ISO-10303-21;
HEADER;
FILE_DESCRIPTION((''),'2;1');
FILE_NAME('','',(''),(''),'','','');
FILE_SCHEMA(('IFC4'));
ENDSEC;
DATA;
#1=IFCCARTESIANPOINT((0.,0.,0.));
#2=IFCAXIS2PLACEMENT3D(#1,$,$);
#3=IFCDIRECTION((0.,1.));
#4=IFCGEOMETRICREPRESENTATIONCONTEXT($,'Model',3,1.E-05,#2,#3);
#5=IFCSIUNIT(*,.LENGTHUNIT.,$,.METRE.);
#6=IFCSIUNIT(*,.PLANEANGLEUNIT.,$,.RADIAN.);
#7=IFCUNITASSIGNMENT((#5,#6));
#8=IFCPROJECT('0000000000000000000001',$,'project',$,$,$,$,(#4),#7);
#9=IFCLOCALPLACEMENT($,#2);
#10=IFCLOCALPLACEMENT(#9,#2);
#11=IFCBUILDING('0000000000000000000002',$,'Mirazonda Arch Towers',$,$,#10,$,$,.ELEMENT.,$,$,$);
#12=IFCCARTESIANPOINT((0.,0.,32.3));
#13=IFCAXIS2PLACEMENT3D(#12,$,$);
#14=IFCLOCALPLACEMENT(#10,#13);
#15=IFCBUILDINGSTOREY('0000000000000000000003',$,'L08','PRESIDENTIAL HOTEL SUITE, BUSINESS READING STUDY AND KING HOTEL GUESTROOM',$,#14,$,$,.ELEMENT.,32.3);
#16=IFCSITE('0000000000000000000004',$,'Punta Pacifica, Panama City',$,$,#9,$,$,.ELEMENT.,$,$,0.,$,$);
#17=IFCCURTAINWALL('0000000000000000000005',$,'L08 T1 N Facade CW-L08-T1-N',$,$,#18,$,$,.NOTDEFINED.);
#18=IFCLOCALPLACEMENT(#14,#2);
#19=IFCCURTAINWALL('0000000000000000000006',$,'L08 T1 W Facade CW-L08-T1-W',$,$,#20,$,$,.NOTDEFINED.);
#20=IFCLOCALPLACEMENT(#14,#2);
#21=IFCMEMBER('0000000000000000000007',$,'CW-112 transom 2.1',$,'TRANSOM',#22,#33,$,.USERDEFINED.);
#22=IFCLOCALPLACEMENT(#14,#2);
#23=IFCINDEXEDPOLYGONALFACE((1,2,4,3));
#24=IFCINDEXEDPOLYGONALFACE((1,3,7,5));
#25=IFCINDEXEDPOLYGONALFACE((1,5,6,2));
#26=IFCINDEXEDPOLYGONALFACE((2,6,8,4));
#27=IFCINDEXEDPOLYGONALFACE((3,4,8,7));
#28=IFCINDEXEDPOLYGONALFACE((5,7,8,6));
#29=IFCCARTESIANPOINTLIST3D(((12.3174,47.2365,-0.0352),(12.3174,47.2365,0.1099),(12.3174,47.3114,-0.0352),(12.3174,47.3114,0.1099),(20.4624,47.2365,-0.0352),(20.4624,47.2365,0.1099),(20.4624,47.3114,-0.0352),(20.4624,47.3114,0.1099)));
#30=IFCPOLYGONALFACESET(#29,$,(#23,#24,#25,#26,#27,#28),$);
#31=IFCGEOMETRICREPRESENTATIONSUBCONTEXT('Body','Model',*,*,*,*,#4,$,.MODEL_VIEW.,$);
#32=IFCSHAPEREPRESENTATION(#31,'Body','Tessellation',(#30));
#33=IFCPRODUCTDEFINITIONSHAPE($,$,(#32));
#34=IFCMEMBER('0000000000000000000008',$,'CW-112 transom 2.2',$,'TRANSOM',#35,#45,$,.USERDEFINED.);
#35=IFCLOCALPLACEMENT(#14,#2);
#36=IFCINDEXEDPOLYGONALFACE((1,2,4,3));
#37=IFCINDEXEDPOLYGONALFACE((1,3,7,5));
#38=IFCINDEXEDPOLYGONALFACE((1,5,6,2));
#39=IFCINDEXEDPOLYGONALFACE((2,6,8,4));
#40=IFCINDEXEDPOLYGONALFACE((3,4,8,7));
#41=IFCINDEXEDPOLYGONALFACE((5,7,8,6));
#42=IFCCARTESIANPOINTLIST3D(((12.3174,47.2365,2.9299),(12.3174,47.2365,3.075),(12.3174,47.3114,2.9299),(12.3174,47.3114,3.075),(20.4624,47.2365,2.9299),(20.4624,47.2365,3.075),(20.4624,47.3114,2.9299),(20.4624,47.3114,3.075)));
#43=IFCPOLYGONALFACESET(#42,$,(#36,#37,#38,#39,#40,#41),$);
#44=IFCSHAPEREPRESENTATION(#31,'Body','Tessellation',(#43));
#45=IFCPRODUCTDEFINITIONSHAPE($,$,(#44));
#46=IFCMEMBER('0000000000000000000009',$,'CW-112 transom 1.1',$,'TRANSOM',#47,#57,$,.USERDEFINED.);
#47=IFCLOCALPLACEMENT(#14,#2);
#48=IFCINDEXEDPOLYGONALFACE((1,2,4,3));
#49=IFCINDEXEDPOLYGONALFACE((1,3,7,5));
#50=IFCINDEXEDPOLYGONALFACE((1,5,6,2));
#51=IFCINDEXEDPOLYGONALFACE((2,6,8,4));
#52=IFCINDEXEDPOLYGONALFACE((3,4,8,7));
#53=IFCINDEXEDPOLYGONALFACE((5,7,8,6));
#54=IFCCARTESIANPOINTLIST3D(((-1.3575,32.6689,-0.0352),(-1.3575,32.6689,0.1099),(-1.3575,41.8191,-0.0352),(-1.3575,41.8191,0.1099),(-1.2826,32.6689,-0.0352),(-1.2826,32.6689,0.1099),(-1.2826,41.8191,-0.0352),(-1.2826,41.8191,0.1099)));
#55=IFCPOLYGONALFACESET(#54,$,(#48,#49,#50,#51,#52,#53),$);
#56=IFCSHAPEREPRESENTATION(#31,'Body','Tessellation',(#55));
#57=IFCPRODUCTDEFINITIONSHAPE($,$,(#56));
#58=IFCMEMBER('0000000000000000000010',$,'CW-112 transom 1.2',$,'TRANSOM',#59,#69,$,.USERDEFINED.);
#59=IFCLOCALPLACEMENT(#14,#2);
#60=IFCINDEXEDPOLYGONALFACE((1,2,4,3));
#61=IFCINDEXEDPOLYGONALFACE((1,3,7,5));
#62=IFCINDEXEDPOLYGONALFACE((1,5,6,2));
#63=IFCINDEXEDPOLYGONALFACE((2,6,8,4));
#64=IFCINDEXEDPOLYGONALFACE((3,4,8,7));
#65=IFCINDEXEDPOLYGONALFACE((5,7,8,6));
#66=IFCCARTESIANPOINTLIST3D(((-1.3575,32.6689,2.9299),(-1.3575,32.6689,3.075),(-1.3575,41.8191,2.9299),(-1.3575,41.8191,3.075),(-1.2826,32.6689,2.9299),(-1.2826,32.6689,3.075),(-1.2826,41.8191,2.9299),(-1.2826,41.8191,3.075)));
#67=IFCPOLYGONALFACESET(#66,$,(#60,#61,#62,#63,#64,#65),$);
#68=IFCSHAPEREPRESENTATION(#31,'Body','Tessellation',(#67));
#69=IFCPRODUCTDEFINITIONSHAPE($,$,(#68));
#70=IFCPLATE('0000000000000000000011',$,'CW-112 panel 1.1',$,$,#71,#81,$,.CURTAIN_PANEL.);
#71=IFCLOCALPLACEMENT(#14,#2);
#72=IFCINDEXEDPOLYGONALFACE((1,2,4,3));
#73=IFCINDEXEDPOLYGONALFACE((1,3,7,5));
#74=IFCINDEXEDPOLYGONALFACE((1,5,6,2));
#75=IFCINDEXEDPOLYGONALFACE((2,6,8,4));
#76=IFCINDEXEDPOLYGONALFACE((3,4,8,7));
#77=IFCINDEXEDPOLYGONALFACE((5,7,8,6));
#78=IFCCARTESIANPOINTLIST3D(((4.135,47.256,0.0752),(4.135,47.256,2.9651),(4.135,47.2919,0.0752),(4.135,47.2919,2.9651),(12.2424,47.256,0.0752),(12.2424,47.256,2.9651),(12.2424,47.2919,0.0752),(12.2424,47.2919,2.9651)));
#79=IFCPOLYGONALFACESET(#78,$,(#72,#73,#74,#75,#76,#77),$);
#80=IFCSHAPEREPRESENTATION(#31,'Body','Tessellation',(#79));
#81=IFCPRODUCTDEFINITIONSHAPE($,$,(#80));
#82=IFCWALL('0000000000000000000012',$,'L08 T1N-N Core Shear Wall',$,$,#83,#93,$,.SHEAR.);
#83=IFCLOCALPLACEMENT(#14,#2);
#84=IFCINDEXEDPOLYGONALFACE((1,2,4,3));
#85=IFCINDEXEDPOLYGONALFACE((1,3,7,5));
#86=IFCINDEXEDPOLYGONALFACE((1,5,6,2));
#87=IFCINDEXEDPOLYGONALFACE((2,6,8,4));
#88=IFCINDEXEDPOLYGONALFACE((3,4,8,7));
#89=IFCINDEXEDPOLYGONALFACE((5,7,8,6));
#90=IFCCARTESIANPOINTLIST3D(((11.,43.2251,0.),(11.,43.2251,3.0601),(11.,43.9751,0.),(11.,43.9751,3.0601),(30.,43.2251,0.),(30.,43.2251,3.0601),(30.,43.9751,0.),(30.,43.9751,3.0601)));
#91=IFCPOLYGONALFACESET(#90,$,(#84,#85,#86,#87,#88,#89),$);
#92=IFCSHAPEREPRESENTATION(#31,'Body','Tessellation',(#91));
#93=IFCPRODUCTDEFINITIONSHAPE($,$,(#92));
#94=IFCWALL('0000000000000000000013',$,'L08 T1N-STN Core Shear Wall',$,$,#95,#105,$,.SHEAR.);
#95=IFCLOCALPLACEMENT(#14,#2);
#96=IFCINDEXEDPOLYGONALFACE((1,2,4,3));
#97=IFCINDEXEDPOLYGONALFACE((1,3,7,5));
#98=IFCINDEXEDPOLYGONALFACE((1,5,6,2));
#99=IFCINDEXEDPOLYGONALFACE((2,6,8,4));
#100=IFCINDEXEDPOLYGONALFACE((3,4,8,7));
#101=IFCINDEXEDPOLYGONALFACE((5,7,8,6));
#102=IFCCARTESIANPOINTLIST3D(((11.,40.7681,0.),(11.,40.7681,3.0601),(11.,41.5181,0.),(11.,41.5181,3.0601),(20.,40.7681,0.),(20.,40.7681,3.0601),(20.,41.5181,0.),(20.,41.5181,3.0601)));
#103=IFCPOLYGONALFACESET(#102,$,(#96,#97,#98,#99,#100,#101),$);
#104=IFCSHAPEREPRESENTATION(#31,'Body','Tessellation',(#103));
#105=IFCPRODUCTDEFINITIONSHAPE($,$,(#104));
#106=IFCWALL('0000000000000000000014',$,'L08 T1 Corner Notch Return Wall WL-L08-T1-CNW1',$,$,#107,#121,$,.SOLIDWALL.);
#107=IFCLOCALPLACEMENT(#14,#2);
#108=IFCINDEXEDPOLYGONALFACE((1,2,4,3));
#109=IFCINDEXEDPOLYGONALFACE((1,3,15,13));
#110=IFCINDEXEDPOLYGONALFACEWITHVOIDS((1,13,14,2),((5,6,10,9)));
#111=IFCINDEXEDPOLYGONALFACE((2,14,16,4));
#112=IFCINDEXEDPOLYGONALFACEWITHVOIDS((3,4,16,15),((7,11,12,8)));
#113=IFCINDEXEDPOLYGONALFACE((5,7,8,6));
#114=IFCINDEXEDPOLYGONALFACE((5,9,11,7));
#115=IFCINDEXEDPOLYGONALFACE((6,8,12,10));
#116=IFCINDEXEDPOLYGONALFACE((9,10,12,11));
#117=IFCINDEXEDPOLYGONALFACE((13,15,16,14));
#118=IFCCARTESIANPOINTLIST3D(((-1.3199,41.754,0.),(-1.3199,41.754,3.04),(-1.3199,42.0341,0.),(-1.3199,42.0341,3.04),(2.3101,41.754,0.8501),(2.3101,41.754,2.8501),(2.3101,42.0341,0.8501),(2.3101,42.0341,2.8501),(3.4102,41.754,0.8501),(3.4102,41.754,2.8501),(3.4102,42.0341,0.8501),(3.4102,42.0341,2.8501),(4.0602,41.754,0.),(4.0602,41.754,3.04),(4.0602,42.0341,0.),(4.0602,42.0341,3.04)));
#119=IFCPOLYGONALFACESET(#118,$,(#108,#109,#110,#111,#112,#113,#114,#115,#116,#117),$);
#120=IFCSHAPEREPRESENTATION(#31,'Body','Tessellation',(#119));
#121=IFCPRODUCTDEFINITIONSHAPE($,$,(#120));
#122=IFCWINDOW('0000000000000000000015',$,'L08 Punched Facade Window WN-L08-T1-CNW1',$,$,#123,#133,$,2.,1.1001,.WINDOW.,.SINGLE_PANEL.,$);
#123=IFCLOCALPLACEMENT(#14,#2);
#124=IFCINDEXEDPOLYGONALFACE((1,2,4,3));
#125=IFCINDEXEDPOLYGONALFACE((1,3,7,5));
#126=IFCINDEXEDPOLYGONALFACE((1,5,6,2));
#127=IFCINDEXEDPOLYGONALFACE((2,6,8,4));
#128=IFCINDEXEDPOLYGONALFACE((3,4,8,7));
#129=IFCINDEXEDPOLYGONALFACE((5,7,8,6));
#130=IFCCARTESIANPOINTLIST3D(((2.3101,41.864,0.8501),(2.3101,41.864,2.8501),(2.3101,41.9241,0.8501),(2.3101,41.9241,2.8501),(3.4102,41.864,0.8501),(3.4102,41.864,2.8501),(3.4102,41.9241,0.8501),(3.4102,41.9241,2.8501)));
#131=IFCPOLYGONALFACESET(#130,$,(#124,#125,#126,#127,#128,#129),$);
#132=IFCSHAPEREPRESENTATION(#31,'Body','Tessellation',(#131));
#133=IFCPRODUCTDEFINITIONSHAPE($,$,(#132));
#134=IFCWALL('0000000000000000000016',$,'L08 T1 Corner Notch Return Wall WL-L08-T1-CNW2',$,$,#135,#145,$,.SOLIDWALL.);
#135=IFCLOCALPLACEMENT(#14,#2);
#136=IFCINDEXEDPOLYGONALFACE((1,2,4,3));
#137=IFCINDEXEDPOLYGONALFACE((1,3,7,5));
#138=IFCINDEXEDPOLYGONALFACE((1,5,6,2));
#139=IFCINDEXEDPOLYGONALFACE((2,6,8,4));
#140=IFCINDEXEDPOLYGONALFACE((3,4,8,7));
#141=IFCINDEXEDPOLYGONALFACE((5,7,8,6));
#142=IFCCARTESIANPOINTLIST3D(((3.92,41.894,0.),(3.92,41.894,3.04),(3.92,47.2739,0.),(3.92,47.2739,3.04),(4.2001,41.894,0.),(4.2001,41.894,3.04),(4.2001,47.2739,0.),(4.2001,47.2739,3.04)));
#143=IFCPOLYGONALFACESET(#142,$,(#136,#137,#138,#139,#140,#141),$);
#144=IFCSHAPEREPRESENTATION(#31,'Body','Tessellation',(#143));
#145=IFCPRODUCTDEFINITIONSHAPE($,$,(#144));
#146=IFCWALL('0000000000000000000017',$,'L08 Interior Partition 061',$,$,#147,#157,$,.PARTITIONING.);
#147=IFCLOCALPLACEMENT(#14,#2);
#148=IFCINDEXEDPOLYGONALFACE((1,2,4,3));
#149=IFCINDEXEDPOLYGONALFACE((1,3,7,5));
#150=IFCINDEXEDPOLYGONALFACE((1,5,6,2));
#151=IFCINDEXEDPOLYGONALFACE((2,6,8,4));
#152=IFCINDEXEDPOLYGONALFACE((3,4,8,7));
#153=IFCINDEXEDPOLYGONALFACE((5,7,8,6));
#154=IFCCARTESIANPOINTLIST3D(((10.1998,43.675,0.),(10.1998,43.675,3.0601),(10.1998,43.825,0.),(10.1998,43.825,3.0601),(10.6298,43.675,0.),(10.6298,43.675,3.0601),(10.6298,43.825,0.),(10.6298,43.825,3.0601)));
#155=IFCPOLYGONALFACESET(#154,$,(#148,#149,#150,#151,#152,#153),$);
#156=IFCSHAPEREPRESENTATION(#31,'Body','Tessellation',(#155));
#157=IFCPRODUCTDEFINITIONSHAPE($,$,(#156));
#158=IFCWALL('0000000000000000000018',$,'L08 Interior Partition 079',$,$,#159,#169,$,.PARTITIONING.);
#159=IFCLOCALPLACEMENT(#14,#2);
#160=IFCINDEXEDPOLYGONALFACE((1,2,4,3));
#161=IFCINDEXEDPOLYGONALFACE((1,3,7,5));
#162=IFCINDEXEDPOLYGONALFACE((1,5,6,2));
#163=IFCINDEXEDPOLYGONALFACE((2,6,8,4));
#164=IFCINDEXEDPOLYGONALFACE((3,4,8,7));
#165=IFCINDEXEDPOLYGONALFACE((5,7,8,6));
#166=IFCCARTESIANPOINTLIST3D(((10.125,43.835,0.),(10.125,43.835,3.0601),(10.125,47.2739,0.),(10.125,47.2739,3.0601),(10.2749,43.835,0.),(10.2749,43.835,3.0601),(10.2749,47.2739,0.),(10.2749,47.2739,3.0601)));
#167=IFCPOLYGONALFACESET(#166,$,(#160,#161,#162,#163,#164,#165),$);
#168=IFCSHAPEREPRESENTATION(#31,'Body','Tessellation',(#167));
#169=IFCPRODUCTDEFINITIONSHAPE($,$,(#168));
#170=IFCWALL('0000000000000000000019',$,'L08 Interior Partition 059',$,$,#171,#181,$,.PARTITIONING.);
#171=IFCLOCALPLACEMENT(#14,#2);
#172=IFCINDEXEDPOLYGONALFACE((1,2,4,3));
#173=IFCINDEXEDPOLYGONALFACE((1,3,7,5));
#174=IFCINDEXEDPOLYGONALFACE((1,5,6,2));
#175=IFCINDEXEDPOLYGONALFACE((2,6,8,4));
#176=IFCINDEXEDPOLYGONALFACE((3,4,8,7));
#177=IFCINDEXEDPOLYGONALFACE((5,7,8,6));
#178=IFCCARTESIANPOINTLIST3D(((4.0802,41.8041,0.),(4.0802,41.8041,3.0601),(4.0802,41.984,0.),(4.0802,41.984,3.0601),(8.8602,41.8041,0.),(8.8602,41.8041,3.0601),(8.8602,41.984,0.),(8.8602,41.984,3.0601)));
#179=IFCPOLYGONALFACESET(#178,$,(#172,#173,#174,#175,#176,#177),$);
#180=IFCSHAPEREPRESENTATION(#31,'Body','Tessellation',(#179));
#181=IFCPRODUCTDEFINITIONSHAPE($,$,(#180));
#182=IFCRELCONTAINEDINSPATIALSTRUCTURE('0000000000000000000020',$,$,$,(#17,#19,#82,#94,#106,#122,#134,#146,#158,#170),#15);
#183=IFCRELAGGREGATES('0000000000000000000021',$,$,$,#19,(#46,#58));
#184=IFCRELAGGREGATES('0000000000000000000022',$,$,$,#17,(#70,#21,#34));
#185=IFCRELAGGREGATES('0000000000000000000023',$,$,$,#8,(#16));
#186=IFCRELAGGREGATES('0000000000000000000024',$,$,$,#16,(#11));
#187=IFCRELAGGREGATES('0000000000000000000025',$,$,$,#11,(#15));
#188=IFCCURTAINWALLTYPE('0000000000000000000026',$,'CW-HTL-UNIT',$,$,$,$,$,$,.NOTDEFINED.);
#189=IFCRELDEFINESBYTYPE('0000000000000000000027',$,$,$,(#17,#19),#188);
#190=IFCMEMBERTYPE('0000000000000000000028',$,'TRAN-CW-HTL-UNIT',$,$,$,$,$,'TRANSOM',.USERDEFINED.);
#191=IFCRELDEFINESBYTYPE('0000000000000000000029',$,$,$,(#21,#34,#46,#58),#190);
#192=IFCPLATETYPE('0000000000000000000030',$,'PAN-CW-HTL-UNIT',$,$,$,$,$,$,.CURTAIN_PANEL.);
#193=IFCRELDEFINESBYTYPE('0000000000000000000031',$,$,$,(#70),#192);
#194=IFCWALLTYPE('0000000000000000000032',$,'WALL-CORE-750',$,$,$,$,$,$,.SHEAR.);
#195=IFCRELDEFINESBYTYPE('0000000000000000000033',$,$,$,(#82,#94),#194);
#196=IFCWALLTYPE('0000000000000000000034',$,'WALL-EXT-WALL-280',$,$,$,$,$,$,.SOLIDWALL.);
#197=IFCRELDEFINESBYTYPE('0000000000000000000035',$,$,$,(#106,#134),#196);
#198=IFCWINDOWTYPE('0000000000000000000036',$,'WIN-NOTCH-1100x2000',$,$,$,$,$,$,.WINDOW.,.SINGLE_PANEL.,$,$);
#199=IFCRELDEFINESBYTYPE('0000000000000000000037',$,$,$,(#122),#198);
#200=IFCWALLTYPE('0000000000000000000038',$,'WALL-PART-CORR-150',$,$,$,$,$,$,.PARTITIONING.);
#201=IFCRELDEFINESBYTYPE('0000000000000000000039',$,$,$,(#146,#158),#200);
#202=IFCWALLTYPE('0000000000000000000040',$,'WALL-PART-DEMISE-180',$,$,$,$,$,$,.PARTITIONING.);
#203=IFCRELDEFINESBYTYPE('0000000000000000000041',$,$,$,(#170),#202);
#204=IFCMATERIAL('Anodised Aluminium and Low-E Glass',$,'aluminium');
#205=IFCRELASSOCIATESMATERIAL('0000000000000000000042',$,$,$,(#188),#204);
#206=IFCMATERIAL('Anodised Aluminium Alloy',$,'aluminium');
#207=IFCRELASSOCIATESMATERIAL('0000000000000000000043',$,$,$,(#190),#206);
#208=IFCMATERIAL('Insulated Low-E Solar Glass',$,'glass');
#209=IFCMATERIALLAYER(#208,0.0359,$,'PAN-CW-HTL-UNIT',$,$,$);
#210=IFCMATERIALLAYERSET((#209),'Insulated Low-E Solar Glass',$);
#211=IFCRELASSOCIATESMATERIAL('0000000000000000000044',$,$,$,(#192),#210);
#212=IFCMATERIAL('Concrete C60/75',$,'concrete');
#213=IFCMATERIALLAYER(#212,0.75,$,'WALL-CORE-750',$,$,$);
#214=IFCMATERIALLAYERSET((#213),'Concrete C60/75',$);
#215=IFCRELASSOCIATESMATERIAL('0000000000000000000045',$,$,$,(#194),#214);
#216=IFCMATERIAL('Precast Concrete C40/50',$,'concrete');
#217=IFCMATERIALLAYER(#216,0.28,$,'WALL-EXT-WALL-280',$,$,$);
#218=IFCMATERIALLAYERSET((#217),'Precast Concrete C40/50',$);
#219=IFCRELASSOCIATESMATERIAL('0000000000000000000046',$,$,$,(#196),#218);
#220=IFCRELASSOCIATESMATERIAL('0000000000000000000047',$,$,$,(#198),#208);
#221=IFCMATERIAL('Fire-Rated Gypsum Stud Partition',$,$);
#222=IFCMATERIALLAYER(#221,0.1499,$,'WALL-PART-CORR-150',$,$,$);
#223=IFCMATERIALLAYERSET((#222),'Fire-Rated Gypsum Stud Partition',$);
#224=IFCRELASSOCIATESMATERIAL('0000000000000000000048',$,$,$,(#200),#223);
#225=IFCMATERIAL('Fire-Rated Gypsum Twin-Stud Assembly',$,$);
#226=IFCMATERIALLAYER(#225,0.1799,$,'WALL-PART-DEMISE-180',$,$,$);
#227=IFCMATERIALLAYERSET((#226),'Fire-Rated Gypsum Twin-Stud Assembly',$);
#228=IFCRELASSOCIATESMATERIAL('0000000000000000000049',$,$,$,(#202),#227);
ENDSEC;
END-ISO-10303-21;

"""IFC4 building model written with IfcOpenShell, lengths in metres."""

from ifc_helpers import new_model, si_unit, direction, frame, frame_2d, origin, origin_2d, place, context, subcontext, project, spatial, rectangle, extrude, material, layer, layer_set, material_profile, profile_set, type_object, element, fill, aggregate, save


model = new_model("IFC4")

# Units and contexts
model_context = context("Model", 3, precision=1e-05, world=origin(), true_north=direction((0.0, 1.0)))
body_context = subcontext(model_context, "Body", "Model", "MODEL_VIEW")
ifc_project = project(units=[si_unit("LENGTHUNIT", "METRE"), si_unit("PLANEANGLEUNIT", "RADIAN")], contexts=[model_context])

# Site, building, storey
site_placement = place(None, origin())
site = spatial("IfcSite", under=ifc_project, at=site_placement, Name="Punta Pacifica, Panama City", CompositionType="ELEMENT", RefElevation=0.0)
building_placement = place(site_placement, origin())
building = spatial("IfcBuilding", under=site, at=building_placement, Name="Mirazonda Arch Towers", CompositionType="ELEMENT")
storey_placement = place(building_placement, frame((0.0, 0.0, 32.3)))
storey = spatial("IfcBuildingStorey", under=building, at=storey_placement, Name="L08", Description="PRESIDENTIAL HOTEL SUITE, BUSINESS READING STUDY AND KING HOTEL GUESTROOM", CompositionType="ELEMENT", Elevation=32.3)

# Shared definitions
ifc_material_1 = material(Name="Concrete C60/75", Category="concrete")

# Curtain wall
ifc_material_2 = material(Name="Anodised Aluminium and Low-E Glass", Category="aluminium")
curtain_wall_type = type_object("IfcCurtainWallType", Name="CW-HTL-UNIT", PredefinedType="NOTDEFINED", material=ifc_material_2)
curtain_wall_1_placement = place(storey_placement, origin())
curtain_wall_1 = element("IfcCurtainWall", 1, at=curtain_wall_1_placement, inside=storey, type_object=curtain_wall_type, Name="L08 T1 N Facade CW-L08-T1-N", PredefinedType="NOTDEFINED")
ifc_material_3 = material(Name="Anodised Aluminium Alloy", Category="aluminium")

# Curtain wall
curtain_wall_2_placement = place(storey_placement, origin())
curtain_wall_2 = element("IfcCurtainWall", 2, at=curtain_wall_2_placement, inside=storey, type_object=curtain_wall_type, Name="L08 T1 W Facade CW-L08-T1-W", PredefinedType="NOTDEFINED")

# Members
ifc_material_profile_1 = material_profile(ifc_material_3, rectangle(XDim=0.075, YDim=0.145, at=origin_2d()), Name="ALU-TRAN-75x145")
ifc_profile_set_1 = profile_set([ifc_material_profile_1], Name="Anodised Aluminium Alloy")
member_type_1 = type_object("IfcMemberType", Name="TRAN-CW-HTL-UNIT", ElementType="TRANSOM", PredefinedType="USERDEFINED", material=ifc_profile_set_1)
member_1_placement = place(storey_placement, frame((12.3174, 47.2739, 0.0374), z_axis=(1.0, 0.0, 0.0), x_axis=(0.0, 1.0, 0.0)))
member_1 = element("IfcMember", 3, at=member_1_placement, type_object=member_type_1, Name="CW-112 transom 2.1", ObjectType="TRANSOM", PredefinedType="USERDEFINED", context=body_context, shape_type="SweptSolid", body=[
    extrude(rectangle(XDim=0.075, YDim=0.145, at=origin_2d()), origin(), (0.0, 0.0, 1.0), 8.145),
])
member_2_placement = place(storey_placement, frame((12.3174, 47.2739, 3.0024), z_axis=(1.0, 0.0, 0.0), x_axis=(0.0, 1.0, 0.0)))
member_2 = element("IfcMember", 4, at=member_2_placement, type_object=member_type_1, Name="CW-112 transom 2.2", ObjectType="TRANSOM", PredefinedType="USERDEFINED", context=body_context, shape_type="SweptSolid", body=[
    extrude(rectangle(XDim=0.075, YDim=0.145, at=origin_2d()), origin(), (0.0, 0.0, 1.0), 8.145),
])
member_3_placement = place(storey_placement, frame((-1.3201, 41.8191, 0.0374), z_axis=(0.0, -1.0, 0.0), x_axis=(1.0, 0.0, 0.0)))
member_3 = element("IfcMember", 5, at=member_3_placement, type_object=member_type_1, Name="CW-112 transom 1.1", ObjectType="TRANSOM", PredefinedType="USERDEFINED", context=body_context, shape_type="SweptSolid", body=[
    extrude(rectangle(XDim=0.075, YDim=0.145, at=origin_2d()), origin(), (0.0, 0.0, 1.0), 9.1501),
])
member_4_placement = place(storey_placement, frame((-1.3201, 41.8191, 3.0024), z_axis=(0.0, -1.0, 0.0), x_axis=(1.0, 0.0, 0.0)))
member_4 = element("IfcMember", 6, at=member_4_placement, type_object=member_type_1, Name="CW-112 transom 1.2", ObjectType="TRANSOM", PredefinedType="USERDEFINED", context=body_context, shape_type="SweptSolid", body=[
    extrude(rectangle(XDim=0.075, YDim=0.145, at=origin_2d()), origin(), (0.0, 0.0, 1.0), 9.1501),
])
aggregate(curtain_wall_2, [member_3, member_4])

# Plate
ifc_material_4 = material(Name="Insulated Low-E Solar Glass", Category="glass")
ifc_layer_1 = layer(ifc_material_4, 0.0359, Name="PAN-CW-HTL-UNIT")
ifc_layer_set_1 = layer_set([ifc_layer_1], Name="Insulated Low-E Solar Glass")
plate_type = type_object("IfcPlateType", Name="PAN-CW-HTL-UNIT", PredefinedType="CURTAIN_PANEL", material=ifc_layer_set_1)
plate_placement = place(storey_placement, frame((8.1887, 47.2739, 0.0752), z_axis=(0.0, 0.0, 1.0), x_axis=(1.0, 0.0, 0.0)))
plate = element("IfcPlate", 7, at=plate_placement, type_object=plate_type, Name="CW-112 panel 1.1", PredefinedType="CURTAIN_PANEL", context=body_context, shape_type="SweptSolid", body=[
    extrude(rectangle(XDim=8.1074, YDim=0.0359, at=origin_2d()), origin(), (0.0, 0.0, 1.0), 2.8899),
])
aggregate(curtain_wall_1, [plate, member_1, member_2])

# Walls
ifc_layer_2 = layer(ifc_material_1, 0.75, Name="WALL-CORE-750")
ifc_layer_set_2 = layer_set([ifc_layer_2], Name="Concrete C60/75")
wall_type_1 = type_object("IfcWallType", Name="WALL-CORE-750", PredefinedType="SHEAR", material=ifc_layer_set_2)
wall_1_placement = place(storey_placement, frame((11.0, 43.6001, 0.0), z_axis=(0.0, 0.0, 1.0), x_axis=(1.0, 0.0, 0.0)))
element("IfcWall", 8, at=wall_1_placement, inside=storey, type_object=wall_type_1, Name="L08 T1N-N Core Shear Wall", PredefinedType="SHEAR", context=body_context, shape_type="SweptSolid", body=[
    extrude(rectangle(XDim=19.0, YDim=0.75, at=frame_2d((9.5, 0.0))), origin(), (0.0, 0.0, 1.0), 3.0601),
])
wall_2_placement = place(storey_placement, frame((11.0, 41.1431, 0.0), z_axis=(0.0, 0.0, 1.0), x_axis=(1.0, 0.0, 0.0)))
element("IfcWall", 9, at=wall_2_placement, inside=storey, type_object=wall_type_1, Name="L08 T1N-STN Core Shear Wall", PredefinedType="SHEAR", context=body_context, shape_type="SweptSolid", body=[
    extrude(rectangle(XDim=9.0, YDim=0.75, at=frame_2d((4.5, 0.0))), origin(), (0.0, 0.0, 1.0), 3.0601),
])

# Wall, opening, window
ifc_material_5 = material(Name="Precast Concrete C40/50", Category="concrete")
ifc_layer_3 = layer(ifc_material_5, 0.28, Name="WALL-EXT-WALL-280")
ifc_layer_set_3 = layer_set([ifc_layer_3], Name="Precast Concrete C40/50")
wall_type_2 = type_object("IfcWallType", Name="WALL-EXT-WALL-280", PredefinedType="SOLIDWALL", material=ifc_layer_set_3)
wall_3_placement = place(storey_placement, frame((4.0601, 41.894, 0.0), z_axis=(0.0, 0.0, 1.0), x_axis=(-1.0, 0.0, 0.0)))
wall_3 = element("IfcWall", 10, at=wall_3_placement, inside=storey, type_object=wall_type_2, Name="L08 T1 Corner Notch Return Wall WL-L08-T1-CNW1", PredefinedType="SOLIDWALL", context=body_context, shape_type="SweptSolid", body=[
    extrude(rectangle(XDim=5.3801, YDim=0.28, at=frame_2d((2.6899, 0.0))), origin(), (0.0, 0.0, 1.0), 3.04),
])
opening_1_placement = place(wall_3_placement, frame((0.6499, 0.0, 0.8501)))
opening_1 = element("IfcOpeningElement", 11, at=opening_1_placement, cuts=wall_3, PredefinedType="OPENING", context=body_context, shape_type="SweptSolid", body=[
    extrude(rectangle(XDim=1.1001, YDim=2.0, at=frame_2d((0.55, 1.0))), frame((0.0, 0.1499, 0.0), z_axis=(0.0, -1.0, 0.0), x_axis=(1.0, 0.0, 0.0)), (0.0, 0.0, 1.0), 0.3),
])
window_type = type_object("IfcWindowType", Name="WIN-NOTCH-1100x2000", PartitioningType="SINGLE_PANEL", PredefinedType="WINDOW", material=ifc_material_4)
window_placement = place(opening_1_placement, origin())
window = element("IfcWindow", 12, at=window_placement, inside=storey, type_object=window_type, Name="L08 Punched Facade Window WN-L08-T1-CNW1", OverallHeight=2.0, OverallWidth=1.1001, PartitioningType="SINGLE_PANEL", PredefinedType="WINDOW", context=body_context, shape_type="SweptSolid", body=[
    extrude(rectangle(XDim=1.1001, YDim=2.0, at=frame_2d((0.55, 1.0))), frame((0.0, 0.03, 0.0), z_axis=(0.0, -1.0, 0.0), x_axis=(1.0, 0.0, 0.0)), (0.0, 0.0, 1.0), 0.0601),
])
fill(opening_1, window)

# Walls
wall_4_placement = place(storey_placement, frame((4.0601, 47.2739, 0.0), z_axis=(0.0, 0.0, 1.0), x_axis=(0.0, -1.0, 0.0)))
element("IfcWall", 13, at=wall_4_placement, inside=storey, type_object=wall_type_2, Name="L08 T1 Corner Notch Return Wall WL-L08-T1-CNW2", PredefinedType="SOLIDWALL", context=body_context, shape_type="SweptSolid", body=[
    extrude(rectangle(XDim=5.3799, YDim=0.28, at=frame_2d((2.6899, 0.0))), origin(), (0.0, 0.0, 1.0), 3.04),
])
ifc_material_6 = material(Name="Fire-Rated Gypsum Stud Partition")
ifc_layer_4 = layer(ifc_material_6, 0.1499, Name="WALL-PART-CORR-150")
ifc_layer_set_4 = layer_set([ifc_layer_4], Name="Fire-Rated Gypsum Stud Partition")
wall_type_3 = type_object("IfcWallType", Name="WALL-PART-CORR-150", PredefinedType="PARTITIONING", material=ifc_layer_set_4)
wall_5_placement = place(storey_placement, frame((10.2, 43.75, 0.0), z_axis=(0.0, 0.0, 1.0), x_axis=(1.0, 0.0, 0.0)))
element("IfcWall", 14, at=wall_5_placement, inside=storey, type_object=wall_type_3, Name="L08 Interior Partition 061", PredefinedType="PARTITIONING", context=body_context, shape_type="SweptSolid", body=[
    extrude(rectangle(XDim=0.4299, YDim=0.1499, at=frame_2d((0.2148, 0.0))), origin(), (0.0, 0.0, 1.0), 3.0601),
])
wall_6_placement = place(storey_placement, frame((10.2, 43.835, 0.0), z_axis=(0.0, 0.0, 1.0), x_axis=(0.0, 1.0, 0.0)))
element("IfcWall", 15, at=wall_6_placement, inside=storey, type_object=wall_type_3, Name="L08 Interior Partition 079", PredefinedType="PARTITIONING", context=body_context, shape_type="SweptSolid", body=[
    extrude(rectangle(XDim=3.439, YDim=0.1499, at=frame_2d((1.7195, 0.0))), origin(), (0.0, 0.0, 1.0), 3.0601),
])
ifc_material_7 = material(Name="Fire-Rated Gypsum Twin-Stud Assembly")
ifc_layer_5 = layer(ifc_material_7, 0.1799, Name="WALL-PART-DEMISE-180")
ifc_layer_set_5 = layer_set([ifc_layer_5], Name="Fire-Rated Gypsum Twin-Stud Assembly")
wall_type_4 = type_object("IfcWallType", Name="WALL-PART-DEMISE-180", PredefinedType="PARTITIONING", material=ifc_layer_set_5)
wall_7_placement = place(storey_placement, frame((4.0801, 41.894, 0.0), z_axis=(0.0, 0.0, 1.0), x_axis=(1.0, 0.0, 0.0)))
element("IfcWall", 16, at=wall_7_placement, inside=storey, type_object=wall_type_4, Name="L08 Interior Partition 059", PredefinedType="PARTITIONING", context=body_context, shape_type="SweptSolid", body=[
    extrude(rectangle(XDim=4.78, YDim=0.1799, at=frame_2d((2.3901, 0.0))), origin(), (0.0, 0.0, 1.0), 3.0601),
])

save(model, "model.ifc")
